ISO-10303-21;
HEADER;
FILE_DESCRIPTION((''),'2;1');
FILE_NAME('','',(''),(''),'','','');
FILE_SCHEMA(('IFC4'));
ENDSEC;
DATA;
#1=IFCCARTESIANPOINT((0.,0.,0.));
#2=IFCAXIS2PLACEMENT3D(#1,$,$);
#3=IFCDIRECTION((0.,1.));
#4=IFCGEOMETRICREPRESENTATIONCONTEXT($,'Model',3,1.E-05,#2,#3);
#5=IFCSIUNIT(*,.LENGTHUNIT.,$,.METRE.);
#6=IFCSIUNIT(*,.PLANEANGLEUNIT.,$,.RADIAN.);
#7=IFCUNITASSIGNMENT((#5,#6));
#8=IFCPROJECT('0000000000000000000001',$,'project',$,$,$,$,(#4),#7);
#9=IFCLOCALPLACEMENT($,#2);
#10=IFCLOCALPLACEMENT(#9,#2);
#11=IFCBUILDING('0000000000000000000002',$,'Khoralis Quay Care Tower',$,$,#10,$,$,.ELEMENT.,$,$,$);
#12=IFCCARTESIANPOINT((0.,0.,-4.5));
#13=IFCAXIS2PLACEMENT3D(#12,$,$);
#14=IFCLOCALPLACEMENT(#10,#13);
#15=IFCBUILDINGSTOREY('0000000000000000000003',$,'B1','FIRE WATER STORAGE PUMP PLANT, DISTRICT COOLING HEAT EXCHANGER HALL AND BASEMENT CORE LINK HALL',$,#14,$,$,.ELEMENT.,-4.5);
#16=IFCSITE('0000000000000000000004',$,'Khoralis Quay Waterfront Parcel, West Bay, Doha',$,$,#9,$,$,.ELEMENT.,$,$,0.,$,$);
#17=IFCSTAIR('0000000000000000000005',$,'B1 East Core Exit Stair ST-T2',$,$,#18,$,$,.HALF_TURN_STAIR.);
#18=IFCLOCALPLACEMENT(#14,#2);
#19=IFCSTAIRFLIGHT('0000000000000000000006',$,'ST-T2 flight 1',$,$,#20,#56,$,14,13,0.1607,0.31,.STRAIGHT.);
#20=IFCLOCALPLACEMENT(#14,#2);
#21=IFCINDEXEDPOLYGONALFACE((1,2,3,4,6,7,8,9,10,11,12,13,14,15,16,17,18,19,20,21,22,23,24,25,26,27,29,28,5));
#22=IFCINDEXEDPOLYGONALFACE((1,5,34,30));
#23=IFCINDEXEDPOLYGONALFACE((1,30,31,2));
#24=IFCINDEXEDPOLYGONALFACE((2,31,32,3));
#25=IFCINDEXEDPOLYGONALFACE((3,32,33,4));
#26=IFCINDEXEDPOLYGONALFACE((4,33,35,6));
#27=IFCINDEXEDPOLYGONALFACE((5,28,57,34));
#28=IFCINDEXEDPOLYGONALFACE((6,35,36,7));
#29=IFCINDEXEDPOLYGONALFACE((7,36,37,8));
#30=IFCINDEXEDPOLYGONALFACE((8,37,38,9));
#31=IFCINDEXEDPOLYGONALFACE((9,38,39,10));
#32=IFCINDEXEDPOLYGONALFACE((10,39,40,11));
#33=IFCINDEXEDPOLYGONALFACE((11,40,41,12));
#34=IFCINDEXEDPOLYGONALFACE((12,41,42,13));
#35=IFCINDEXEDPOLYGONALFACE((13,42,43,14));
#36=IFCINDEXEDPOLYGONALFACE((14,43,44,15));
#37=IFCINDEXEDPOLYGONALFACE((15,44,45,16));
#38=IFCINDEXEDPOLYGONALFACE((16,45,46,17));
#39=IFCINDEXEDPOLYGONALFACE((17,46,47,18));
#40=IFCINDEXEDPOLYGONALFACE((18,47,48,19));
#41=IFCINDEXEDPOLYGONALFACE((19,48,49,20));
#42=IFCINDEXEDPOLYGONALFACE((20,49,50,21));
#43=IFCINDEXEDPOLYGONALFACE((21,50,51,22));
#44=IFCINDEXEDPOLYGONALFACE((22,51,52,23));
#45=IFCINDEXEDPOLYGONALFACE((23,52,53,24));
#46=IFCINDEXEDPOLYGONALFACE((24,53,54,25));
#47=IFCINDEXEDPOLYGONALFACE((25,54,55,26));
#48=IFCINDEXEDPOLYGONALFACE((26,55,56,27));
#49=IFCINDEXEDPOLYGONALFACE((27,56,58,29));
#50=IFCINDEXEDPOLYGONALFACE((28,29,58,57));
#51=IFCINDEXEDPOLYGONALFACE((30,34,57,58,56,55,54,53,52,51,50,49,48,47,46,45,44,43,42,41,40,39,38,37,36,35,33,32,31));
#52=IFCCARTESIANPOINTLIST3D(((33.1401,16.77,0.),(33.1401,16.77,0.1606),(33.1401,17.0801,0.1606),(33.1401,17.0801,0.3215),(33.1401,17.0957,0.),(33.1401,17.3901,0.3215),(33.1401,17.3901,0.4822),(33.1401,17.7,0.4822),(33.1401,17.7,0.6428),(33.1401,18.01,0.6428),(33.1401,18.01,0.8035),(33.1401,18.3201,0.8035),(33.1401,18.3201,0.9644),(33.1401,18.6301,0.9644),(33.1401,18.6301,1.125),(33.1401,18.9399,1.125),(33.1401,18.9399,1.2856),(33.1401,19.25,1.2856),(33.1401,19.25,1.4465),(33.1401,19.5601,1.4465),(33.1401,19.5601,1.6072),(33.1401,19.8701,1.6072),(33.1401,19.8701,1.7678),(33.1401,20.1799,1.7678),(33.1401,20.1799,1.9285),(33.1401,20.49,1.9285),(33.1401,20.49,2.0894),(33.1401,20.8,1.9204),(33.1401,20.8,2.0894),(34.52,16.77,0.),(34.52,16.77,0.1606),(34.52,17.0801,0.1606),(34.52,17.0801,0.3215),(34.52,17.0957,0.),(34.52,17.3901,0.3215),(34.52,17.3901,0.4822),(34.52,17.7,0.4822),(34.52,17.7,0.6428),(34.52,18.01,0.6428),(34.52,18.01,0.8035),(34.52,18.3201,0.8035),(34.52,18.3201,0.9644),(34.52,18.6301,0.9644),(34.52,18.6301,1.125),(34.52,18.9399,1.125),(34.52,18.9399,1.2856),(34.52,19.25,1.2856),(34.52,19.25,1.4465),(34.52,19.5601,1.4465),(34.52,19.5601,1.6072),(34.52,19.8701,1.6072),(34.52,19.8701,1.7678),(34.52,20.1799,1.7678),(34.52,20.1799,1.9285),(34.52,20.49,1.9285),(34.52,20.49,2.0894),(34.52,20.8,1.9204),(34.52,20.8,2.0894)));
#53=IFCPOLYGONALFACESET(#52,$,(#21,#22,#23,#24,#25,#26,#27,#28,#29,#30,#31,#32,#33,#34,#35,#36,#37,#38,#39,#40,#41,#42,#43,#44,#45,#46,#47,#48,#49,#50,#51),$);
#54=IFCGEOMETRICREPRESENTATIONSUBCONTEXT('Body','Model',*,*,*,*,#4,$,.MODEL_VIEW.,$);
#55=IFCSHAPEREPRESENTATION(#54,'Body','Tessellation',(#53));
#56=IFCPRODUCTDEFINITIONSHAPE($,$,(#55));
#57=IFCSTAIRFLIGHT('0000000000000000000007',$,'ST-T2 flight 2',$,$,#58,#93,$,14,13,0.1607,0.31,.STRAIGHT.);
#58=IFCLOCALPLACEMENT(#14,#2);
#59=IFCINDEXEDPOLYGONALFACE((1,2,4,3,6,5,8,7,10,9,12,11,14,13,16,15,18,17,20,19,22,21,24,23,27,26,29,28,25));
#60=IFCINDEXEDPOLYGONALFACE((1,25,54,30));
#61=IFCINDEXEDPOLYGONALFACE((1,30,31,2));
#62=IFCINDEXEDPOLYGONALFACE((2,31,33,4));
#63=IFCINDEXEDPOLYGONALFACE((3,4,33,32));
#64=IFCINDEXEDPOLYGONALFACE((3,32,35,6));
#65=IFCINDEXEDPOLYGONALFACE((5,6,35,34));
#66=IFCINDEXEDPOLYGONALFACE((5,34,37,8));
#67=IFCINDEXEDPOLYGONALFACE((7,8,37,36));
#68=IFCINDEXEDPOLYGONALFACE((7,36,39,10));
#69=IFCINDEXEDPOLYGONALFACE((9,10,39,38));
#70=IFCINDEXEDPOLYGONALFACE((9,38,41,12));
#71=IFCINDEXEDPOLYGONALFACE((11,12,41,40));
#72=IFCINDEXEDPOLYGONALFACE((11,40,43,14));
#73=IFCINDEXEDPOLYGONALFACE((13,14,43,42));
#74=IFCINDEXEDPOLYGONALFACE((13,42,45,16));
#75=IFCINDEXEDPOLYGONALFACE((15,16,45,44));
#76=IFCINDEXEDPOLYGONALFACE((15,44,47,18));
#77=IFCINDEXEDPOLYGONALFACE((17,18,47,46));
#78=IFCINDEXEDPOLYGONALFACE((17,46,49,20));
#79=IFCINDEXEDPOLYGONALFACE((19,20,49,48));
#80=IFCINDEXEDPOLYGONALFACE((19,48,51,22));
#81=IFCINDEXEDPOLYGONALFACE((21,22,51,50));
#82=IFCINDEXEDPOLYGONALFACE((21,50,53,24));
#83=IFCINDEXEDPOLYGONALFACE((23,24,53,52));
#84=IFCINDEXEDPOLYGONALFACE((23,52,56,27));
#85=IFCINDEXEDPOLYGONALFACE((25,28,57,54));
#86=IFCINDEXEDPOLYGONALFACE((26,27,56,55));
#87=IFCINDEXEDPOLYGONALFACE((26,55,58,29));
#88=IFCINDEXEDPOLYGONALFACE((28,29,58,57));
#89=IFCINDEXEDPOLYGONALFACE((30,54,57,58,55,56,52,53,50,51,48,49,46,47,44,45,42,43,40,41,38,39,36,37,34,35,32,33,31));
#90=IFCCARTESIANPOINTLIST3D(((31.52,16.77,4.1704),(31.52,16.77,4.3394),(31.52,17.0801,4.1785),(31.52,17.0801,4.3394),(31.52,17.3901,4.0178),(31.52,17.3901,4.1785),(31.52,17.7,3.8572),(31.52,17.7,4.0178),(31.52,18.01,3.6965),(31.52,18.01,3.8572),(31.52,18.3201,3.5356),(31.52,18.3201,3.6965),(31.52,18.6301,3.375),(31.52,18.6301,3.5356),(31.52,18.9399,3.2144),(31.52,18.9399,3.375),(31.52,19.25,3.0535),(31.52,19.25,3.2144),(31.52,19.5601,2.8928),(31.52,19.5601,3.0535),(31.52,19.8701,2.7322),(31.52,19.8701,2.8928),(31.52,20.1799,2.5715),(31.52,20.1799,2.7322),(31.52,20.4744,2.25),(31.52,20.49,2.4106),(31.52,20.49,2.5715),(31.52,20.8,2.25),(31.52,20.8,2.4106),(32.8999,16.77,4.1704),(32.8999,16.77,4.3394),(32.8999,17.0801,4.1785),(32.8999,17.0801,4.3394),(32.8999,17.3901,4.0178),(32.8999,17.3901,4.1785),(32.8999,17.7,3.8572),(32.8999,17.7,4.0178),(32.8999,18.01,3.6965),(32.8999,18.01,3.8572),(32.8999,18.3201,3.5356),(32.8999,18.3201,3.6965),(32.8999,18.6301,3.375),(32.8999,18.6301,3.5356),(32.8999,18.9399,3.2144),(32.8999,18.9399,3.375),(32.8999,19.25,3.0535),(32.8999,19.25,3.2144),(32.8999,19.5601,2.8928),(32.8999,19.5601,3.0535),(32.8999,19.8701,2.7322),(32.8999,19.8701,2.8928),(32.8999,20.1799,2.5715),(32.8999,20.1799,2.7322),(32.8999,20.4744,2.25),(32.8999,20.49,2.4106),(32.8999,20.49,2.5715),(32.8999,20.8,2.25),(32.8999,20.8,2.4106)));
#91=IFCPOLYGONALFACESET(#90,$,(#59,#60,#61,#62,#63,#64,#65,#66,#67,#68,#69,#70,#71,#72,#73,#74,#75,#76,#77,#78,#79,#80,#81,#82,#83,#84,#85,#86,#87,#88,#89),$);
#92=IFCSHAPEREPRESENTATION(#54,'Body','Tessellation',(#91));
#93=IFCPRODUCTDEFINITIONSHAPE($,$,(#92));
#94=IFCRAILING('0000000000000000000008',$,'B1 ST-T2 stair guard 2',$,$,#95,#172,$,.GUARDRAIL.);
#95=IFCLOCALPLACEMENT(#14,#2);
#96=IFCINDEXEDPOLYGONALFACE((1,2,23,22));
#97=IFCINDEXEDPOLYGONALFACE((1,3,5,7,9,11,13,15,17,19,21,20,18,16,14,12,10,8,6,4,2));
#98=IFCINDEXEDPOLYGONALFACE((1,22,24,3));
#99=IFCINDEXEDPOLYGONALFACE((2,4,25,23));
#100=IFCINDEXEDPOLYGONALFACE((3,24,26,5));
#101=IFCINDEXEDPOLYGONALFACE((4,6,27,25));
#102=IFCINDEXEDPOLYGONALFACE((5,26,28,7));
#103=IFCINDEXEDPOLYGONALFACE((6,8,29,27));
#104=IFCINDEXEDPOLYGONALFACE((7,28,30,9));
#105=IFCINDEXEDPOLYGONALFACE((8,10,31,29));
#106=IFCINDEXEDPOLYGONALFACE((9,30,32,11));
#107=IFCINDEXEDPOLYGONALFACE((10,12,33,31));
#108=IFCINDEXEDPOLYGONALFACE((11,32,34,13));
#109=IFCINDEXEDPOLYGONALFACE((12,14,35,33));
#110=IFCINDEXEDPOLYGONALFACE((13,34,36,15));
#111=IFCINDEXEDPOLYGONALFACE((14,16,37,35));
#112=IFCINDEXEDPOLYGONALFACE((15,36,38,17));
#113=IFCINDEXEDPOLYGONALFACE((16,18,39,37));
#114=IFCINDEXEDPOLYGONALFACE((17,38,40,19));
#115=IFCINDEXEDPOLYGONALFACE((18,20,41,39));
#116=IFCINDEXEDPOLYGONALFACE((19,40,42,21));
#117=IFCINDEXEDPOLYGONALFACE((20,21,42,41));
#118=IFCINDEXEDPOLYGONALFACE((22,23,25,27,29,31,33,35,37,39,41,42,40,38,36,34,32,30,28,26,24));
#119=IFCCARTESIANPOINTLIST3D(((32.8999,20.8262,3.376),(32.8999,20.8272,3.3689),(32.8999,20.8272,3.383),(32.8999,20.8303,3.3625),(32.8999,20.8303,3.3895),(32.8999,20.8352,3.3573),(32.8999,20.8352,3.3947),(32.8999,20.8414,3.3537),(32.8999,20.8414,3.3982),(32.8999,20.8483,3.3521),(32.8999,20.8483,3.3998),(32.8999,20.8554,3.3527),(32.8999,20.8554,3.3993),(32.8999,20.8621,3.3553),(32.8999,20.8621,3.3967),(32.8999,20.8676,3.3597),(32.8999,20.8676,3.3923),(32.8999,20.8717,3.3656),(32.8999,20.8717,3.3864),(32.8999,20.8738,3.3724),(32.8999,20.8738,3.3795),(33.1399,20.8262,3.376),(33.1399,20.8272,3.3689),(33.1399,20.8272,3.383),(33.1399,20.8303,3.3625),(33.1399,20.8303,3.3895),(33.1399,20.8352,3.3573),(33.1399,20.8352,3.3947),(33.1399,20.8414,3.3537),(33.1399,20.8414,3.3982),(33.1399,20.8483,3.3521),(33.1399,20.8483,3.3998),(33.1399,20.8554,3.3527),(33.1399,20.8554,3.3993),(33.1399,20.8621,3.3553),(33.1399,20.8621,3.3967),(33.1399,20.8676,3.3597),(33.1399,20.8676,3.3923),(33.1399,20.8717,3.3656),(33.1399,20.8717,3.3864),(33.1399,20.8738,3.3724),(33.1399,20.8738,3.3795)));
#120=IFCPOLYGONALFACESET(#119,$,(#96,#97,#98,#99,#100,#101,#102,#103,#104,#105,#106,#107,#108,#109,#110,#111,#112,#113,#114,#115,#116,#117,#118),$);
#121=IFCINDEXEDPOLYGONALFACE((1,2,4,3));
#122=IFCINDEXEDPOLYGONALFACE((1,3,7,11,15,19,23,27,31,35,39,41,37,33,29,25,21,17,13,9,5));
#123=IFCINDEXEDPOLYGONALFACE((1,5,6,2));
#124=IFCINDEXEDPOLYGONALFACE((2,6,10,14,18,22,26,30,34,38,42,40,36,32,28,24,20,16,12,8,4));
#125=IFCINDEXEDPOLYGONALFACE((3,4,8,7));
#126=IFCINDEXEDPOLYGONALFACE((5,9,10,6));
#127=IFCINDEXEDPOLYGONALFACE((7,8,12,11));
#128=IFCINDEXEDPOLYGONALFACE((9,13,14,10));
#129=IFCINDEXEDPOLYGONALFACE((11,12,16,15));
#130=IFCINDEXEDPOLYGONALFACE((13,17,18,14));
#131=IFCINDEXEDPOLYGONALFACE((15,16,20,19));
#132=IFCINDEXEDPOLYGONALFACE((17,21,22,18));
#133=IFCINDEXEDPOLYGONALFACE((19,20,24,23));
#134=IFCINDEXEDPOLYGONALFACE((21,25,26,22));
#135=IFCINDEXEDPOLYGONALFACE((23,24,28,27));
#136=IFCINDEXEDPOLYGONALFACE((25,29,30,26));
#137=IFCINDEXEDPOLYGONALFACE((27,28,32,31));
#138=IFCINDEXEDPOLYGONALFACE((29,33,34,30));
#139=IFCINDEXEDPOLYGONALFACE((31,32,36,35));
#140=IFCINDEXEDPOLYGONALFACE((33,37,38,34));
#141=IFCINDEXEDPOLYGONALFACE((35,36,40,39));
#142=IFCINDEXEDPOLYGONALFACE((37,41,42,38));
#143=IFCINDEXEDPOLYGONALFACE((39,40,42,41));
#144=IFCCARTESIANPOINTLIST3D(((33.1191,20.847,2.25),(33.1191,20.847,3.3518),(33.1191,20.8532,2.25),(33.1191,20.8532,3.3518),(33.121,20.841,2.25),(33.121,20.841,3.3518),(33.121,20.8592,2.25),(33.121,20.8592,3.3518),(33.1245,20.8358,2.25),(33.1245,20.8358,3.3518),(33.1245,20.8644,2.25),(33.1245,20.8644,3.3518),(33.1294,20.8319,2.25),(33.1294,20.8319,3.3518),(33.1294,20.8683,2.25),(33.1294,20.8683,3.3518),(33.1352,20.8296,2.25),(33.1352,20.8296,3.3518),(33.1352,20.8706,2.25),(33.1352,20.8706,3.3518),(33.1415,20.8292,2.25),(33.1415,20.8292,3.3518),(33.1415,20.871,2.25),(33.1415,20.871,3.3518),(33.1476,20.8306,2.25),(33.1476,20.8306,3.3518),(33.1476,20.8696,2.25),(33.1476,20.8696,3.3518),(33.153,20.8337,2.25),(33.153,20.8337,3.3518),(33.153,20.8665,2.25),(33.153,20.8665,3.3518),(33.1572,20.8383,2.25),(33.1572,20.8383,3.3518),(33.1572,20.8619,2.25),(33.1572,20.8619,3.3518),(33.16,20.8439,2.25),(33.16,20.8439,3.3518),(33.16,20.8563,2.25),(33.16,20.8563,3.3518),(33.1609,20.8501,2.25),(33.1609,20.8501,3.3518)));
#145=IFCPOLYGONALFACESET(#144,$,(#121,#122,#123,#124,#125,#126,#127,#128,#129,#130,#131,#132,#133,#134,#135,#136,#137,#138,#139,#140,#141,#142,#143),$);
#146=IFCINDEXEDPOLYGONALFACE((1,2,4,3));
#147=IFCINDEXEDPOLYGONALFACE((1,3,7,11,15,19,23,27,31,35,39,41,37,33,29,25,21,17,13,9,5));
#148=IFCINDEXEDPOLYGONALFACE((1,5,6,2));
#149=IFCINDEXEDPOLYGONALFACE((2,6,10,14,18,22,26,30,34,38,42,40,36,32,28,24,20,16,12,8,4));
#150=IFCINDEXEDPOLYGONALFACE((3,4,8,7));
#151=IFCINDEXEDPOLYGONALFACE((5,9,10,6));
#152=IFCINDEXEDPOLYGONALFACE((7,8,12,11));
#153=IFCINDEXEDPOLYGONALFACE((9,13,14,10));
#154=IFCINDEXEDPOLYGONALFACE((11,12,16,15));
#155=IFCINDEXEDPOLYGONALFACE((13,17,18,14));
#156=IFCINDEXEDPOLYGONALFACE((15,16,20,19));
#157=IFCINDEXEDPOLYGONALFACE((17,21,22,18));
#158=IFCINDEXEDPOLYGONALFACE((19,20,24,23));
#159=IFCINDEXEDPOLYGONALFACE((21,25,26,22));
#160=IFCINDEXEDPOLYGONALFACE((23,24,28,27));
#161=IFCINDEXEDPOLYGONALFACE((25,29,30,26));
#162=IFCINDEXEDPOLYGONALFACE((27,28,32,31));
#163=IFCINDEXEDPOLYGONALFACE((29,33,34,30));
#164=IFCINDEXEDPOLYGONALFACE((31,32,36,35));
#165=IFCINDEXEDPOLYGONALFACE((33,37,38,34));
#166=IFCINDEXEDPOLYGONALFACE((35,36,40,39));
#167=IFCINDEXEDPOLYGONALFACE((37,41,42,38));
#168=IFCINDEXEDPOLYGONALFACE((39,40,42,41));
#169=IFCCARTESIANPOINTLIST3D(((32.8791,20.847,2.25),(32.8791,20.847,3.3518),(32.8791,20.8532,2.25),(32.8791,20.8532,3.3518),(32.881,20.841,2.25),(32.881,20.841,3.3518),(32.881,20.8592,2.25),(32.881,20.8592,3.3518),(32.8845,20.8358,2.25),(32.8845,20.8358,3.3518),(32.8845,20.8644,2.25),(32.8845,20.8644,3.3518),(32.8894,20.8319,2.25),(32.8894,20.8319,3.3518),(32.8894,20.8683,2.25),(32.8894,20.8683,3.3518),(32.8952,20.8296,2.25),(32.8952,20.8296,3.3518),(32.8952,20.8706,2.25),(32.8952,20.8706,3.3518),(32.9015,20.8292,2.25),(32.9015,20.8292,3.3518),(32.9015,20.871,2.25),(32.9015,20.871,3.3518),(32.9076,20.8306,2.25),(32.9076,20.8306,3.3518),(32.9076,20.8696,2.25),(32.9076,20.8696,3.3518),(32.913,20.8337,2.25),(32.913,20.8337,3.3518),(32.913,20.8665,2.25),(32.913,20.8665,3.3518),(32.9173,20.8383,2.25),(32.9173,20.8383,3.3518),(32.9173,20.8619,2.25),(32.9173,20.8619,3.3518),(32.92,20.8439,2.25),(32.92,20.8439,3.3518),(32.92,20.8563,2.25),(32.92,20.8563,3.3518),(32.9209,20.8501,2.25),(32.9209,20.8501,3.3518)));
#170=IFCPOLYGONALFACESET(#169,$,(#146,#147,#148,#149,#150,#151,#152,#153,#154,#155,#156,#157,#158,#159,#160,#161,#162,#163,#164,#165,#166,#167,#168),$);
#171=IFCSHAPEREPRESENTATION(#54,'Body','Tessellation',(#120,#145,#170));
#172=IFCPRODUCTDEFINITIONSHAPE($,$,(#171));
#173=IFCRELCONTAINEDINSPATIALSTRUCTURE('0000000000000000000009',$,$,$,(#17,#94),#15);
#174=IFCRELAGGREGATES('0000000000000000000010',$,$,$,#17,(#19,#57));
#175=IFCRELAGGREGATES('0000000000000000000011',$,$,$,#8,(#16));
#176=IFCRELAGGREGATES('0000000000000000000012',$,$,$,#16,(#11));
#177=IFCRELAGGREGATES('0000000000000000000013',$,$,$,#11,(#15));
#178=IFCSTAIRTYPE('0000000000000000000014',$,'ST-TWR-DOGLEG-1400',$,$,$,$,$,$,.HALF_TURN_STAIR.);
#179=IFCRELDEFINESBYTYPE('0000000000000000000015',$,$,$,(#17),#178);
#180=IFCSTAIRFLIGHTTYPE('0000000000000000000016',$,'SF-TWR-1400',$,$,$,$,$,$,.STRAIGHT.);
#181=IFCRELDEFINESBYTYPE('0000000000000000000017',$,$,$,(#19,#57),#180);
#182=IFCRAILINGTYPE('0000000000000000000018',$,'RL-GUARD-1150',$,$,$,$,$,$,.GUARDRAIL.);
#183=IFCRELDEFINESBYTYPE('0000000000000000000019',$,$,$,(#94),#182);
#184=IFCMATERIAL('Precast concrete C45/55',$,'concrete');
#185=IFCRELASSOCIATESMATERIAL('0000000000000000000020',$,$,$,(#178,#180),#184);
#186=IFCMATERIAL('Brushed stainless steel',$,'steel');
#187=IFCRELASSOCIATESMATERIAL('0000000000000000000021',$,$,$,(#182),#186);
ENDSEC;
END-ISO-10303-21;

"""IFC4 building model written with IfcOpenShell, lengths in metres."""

from ifc_helpers import new_model, si_unit, direction, frame, origin, origin_2d, place, context, subcontext, project, spatial, polyline, circle, outline, extrude, source, transform, mapped, material, type_object, element, aggregate, save


model = new_model("IFC4")

# Units and contexts
model_context = context("Model", 3, precision=1e-05, world=origin(), true_north=direction((0.0, 1.0)))
body_context = subcontext(model_context, "Body", "Model", "MODEL_VIEW")
ifc_project = project(units=[si_unit("LENGTHUNIT", "METRE"), si_unit("PLANEANGLEUNIT", "RADIAN")], contexts=[model_context])

# Site, building, storey
site_placement = place(None, origin())
site = spatial("IfcSite", under=ifc_project, at=site_placement, Name="Khoralis Quay Waterfront Parcel, West Bay, Doha", CompositionType="ELEMENT", RefElevation=0.0)
building_placement = place(site_placement, origin())
building = spatial("IfcBuilding", under=site, at=building_placement, Name="Khoralis Quay Care Tower", CompositionType="ELEMENT")
storey_placement = place(building_placement, frame((0.0, 0.0, -4.5)))
storey = spatial("IfcBuildingStorey", under=building, at=storey_placement, Name="B1", Description="FIRE WATER STORAGE PUMP PLANT, DISTRICT COOLING HEAT EXCHANGER HALL AND BASEMENT CORE LINK HALL", CompositionType="ELEMENT", Elevation=-4.5)

# Stair, stair flights
ifc_material_1 = material(Name="Precast concrete C45/55", Category="concrete")
stair_type = type_object("IfcStairType", Name="ST-TWR-DOGLEG-1400", PredefinedType="HALF_TURN_STAIR", material=ifc_material_1)
stair_placement = place(storey_placement, origin())
stair = element("IfcStair", 1, at=stair_placement, inside=storey, type_object=stair_type, Name="B1 East Core Exit Stair ST-T2", PredefinedType="HALF_TURN_STAIR")
stair_flight_type = type_object("IfcStairFlightType", Name="SF-TWR-1400", PredefinedType="STRAIGHT", material=ifc_material_1)
shared_shape_1 = source(origin(), body_context, "Body", "SweptSolid", [
    extrude(outline(polyline([(0.0, 0.0), (0.0, 0.1606), (0.3101, 0.1606), (0.3101, 0.3215), (0.6201, 0.3215), (0.6201, 0.4822), (0.9299, 0.4822), (0.9299, 0.6428), (1.24, 0.6428), (1.24, 0.8035), (1.55, 0.8035), (1.55, 0.9644), (1.8601, 0.9644), (1.8601, 1.125), (2.1699, 1.125), (2.1699, 1.2856), (2.48, 1.2856), (2.48, 1.4465), (2.79, 1.4465), (2.79, 1.6072), (3.1001, 1.6072), (3.1001, 1.7678), (3.4099, 1.7678), (3.4099, 1.9285), (3.72, 1.9285), (3.72, 2.0894), (4.03, 2.0894), (4.03, 2.25), (4.03, 1.9204), (0.3257, 0.0), (0.0, 0.0)])), frame((0.0, 0.6899, 0.0), z_axis=(0.0, -1.0, 0.0), x_axis=(1.0, 0.0, 0.0)), (0.0, 0.0, 1.0), 1.3799),
])
stair_flight_1_placement = place(storey_placement, frame((33.8301, 16.77, 0.0), z_axis=(0.0, 0.0, 1.0), x_axis=(0.0, 1.0, 0.0)))
stair_flight_1 = element("IfcStairFlight", 2, at=stair_flight_1_placement, type_object=stair_flight_type, Name="ST-T2 flight 1", NumberOfRisers=14, NumberOfTreads=13, PredefinedType="STRAIGHT", RiserHeight=0.1607, TreadLength=0.31, context=body_context, shape_type="MappedRepresentation", body=[
    mapped(shared_shape_1, transform((0.0, 0.0, 0.0), scale=1.0)),
])
stair_flight_2_placement = place(storey_placement, frame((32.21, 20.8, 2.25), z_axis=(0.0, 0.0, 1.0), x_axis=(0.0, -1.0, 0.0)))
stair_flight_2 = element("IfcStairFlight", 3, at=stair_flight_2_placement, type_object=stair_flight_type, Name="ST-T2 flight 2", NumberOfRisers=14, NumberOfTreads=13, PredefinedType="STRAIGHT", RiserHeight=0.1607, TreadLength=0.31, context=body_context, shape_type="MappedRepresentation", body=[
    mapped(shared_shape_1, transform((0.0, 0.0, 0.0), scale=1.0)),
])
aggregate(stair, [stair_flight_1, stair_flight_2])

# Railing
ifc_material_2 = material(Name="Brushed stainless steel", Category="steel")
railing_type_1 = type_object("IfcRailingType", Name="RL-GUARD-1150", PredefinedType="GUARDRAIL", material=ifc_material_2)
railing_1_placement = place(storey_placement, frame((33.1399, 20.8501, 2.25)))
element("IfcRailing", 4, at=railing_1_placement, inside=storey, type_object=railing_type_1, Name="B1 ST-T2 stair guard 2", PredefinedType="GUARDRAIL", context=body_context, shape_type="SweptSolid", body=[
    extrude(circle(Radius=0.0239, at=origin_2d()), frame((0.0, 0.0, 1.126), z_axis=(-1.0, 0.0, 0.0), x_axis=(0.0, -1.0, 0.0)), (0.0, 0.0, 1.0), 0.24),
    extrude(circle(Radius=0.021, at=origin_2d()), origin(), (0.0, 0.0, 1.0), 1.1018),
    extrude(circle(Radius=0.021, at=origin_2d()), frame((-0.24, 0.0, 0.0)), (0.0, 0.0, 1.0), 1.1018),
])

save(model, "model.ifc")
